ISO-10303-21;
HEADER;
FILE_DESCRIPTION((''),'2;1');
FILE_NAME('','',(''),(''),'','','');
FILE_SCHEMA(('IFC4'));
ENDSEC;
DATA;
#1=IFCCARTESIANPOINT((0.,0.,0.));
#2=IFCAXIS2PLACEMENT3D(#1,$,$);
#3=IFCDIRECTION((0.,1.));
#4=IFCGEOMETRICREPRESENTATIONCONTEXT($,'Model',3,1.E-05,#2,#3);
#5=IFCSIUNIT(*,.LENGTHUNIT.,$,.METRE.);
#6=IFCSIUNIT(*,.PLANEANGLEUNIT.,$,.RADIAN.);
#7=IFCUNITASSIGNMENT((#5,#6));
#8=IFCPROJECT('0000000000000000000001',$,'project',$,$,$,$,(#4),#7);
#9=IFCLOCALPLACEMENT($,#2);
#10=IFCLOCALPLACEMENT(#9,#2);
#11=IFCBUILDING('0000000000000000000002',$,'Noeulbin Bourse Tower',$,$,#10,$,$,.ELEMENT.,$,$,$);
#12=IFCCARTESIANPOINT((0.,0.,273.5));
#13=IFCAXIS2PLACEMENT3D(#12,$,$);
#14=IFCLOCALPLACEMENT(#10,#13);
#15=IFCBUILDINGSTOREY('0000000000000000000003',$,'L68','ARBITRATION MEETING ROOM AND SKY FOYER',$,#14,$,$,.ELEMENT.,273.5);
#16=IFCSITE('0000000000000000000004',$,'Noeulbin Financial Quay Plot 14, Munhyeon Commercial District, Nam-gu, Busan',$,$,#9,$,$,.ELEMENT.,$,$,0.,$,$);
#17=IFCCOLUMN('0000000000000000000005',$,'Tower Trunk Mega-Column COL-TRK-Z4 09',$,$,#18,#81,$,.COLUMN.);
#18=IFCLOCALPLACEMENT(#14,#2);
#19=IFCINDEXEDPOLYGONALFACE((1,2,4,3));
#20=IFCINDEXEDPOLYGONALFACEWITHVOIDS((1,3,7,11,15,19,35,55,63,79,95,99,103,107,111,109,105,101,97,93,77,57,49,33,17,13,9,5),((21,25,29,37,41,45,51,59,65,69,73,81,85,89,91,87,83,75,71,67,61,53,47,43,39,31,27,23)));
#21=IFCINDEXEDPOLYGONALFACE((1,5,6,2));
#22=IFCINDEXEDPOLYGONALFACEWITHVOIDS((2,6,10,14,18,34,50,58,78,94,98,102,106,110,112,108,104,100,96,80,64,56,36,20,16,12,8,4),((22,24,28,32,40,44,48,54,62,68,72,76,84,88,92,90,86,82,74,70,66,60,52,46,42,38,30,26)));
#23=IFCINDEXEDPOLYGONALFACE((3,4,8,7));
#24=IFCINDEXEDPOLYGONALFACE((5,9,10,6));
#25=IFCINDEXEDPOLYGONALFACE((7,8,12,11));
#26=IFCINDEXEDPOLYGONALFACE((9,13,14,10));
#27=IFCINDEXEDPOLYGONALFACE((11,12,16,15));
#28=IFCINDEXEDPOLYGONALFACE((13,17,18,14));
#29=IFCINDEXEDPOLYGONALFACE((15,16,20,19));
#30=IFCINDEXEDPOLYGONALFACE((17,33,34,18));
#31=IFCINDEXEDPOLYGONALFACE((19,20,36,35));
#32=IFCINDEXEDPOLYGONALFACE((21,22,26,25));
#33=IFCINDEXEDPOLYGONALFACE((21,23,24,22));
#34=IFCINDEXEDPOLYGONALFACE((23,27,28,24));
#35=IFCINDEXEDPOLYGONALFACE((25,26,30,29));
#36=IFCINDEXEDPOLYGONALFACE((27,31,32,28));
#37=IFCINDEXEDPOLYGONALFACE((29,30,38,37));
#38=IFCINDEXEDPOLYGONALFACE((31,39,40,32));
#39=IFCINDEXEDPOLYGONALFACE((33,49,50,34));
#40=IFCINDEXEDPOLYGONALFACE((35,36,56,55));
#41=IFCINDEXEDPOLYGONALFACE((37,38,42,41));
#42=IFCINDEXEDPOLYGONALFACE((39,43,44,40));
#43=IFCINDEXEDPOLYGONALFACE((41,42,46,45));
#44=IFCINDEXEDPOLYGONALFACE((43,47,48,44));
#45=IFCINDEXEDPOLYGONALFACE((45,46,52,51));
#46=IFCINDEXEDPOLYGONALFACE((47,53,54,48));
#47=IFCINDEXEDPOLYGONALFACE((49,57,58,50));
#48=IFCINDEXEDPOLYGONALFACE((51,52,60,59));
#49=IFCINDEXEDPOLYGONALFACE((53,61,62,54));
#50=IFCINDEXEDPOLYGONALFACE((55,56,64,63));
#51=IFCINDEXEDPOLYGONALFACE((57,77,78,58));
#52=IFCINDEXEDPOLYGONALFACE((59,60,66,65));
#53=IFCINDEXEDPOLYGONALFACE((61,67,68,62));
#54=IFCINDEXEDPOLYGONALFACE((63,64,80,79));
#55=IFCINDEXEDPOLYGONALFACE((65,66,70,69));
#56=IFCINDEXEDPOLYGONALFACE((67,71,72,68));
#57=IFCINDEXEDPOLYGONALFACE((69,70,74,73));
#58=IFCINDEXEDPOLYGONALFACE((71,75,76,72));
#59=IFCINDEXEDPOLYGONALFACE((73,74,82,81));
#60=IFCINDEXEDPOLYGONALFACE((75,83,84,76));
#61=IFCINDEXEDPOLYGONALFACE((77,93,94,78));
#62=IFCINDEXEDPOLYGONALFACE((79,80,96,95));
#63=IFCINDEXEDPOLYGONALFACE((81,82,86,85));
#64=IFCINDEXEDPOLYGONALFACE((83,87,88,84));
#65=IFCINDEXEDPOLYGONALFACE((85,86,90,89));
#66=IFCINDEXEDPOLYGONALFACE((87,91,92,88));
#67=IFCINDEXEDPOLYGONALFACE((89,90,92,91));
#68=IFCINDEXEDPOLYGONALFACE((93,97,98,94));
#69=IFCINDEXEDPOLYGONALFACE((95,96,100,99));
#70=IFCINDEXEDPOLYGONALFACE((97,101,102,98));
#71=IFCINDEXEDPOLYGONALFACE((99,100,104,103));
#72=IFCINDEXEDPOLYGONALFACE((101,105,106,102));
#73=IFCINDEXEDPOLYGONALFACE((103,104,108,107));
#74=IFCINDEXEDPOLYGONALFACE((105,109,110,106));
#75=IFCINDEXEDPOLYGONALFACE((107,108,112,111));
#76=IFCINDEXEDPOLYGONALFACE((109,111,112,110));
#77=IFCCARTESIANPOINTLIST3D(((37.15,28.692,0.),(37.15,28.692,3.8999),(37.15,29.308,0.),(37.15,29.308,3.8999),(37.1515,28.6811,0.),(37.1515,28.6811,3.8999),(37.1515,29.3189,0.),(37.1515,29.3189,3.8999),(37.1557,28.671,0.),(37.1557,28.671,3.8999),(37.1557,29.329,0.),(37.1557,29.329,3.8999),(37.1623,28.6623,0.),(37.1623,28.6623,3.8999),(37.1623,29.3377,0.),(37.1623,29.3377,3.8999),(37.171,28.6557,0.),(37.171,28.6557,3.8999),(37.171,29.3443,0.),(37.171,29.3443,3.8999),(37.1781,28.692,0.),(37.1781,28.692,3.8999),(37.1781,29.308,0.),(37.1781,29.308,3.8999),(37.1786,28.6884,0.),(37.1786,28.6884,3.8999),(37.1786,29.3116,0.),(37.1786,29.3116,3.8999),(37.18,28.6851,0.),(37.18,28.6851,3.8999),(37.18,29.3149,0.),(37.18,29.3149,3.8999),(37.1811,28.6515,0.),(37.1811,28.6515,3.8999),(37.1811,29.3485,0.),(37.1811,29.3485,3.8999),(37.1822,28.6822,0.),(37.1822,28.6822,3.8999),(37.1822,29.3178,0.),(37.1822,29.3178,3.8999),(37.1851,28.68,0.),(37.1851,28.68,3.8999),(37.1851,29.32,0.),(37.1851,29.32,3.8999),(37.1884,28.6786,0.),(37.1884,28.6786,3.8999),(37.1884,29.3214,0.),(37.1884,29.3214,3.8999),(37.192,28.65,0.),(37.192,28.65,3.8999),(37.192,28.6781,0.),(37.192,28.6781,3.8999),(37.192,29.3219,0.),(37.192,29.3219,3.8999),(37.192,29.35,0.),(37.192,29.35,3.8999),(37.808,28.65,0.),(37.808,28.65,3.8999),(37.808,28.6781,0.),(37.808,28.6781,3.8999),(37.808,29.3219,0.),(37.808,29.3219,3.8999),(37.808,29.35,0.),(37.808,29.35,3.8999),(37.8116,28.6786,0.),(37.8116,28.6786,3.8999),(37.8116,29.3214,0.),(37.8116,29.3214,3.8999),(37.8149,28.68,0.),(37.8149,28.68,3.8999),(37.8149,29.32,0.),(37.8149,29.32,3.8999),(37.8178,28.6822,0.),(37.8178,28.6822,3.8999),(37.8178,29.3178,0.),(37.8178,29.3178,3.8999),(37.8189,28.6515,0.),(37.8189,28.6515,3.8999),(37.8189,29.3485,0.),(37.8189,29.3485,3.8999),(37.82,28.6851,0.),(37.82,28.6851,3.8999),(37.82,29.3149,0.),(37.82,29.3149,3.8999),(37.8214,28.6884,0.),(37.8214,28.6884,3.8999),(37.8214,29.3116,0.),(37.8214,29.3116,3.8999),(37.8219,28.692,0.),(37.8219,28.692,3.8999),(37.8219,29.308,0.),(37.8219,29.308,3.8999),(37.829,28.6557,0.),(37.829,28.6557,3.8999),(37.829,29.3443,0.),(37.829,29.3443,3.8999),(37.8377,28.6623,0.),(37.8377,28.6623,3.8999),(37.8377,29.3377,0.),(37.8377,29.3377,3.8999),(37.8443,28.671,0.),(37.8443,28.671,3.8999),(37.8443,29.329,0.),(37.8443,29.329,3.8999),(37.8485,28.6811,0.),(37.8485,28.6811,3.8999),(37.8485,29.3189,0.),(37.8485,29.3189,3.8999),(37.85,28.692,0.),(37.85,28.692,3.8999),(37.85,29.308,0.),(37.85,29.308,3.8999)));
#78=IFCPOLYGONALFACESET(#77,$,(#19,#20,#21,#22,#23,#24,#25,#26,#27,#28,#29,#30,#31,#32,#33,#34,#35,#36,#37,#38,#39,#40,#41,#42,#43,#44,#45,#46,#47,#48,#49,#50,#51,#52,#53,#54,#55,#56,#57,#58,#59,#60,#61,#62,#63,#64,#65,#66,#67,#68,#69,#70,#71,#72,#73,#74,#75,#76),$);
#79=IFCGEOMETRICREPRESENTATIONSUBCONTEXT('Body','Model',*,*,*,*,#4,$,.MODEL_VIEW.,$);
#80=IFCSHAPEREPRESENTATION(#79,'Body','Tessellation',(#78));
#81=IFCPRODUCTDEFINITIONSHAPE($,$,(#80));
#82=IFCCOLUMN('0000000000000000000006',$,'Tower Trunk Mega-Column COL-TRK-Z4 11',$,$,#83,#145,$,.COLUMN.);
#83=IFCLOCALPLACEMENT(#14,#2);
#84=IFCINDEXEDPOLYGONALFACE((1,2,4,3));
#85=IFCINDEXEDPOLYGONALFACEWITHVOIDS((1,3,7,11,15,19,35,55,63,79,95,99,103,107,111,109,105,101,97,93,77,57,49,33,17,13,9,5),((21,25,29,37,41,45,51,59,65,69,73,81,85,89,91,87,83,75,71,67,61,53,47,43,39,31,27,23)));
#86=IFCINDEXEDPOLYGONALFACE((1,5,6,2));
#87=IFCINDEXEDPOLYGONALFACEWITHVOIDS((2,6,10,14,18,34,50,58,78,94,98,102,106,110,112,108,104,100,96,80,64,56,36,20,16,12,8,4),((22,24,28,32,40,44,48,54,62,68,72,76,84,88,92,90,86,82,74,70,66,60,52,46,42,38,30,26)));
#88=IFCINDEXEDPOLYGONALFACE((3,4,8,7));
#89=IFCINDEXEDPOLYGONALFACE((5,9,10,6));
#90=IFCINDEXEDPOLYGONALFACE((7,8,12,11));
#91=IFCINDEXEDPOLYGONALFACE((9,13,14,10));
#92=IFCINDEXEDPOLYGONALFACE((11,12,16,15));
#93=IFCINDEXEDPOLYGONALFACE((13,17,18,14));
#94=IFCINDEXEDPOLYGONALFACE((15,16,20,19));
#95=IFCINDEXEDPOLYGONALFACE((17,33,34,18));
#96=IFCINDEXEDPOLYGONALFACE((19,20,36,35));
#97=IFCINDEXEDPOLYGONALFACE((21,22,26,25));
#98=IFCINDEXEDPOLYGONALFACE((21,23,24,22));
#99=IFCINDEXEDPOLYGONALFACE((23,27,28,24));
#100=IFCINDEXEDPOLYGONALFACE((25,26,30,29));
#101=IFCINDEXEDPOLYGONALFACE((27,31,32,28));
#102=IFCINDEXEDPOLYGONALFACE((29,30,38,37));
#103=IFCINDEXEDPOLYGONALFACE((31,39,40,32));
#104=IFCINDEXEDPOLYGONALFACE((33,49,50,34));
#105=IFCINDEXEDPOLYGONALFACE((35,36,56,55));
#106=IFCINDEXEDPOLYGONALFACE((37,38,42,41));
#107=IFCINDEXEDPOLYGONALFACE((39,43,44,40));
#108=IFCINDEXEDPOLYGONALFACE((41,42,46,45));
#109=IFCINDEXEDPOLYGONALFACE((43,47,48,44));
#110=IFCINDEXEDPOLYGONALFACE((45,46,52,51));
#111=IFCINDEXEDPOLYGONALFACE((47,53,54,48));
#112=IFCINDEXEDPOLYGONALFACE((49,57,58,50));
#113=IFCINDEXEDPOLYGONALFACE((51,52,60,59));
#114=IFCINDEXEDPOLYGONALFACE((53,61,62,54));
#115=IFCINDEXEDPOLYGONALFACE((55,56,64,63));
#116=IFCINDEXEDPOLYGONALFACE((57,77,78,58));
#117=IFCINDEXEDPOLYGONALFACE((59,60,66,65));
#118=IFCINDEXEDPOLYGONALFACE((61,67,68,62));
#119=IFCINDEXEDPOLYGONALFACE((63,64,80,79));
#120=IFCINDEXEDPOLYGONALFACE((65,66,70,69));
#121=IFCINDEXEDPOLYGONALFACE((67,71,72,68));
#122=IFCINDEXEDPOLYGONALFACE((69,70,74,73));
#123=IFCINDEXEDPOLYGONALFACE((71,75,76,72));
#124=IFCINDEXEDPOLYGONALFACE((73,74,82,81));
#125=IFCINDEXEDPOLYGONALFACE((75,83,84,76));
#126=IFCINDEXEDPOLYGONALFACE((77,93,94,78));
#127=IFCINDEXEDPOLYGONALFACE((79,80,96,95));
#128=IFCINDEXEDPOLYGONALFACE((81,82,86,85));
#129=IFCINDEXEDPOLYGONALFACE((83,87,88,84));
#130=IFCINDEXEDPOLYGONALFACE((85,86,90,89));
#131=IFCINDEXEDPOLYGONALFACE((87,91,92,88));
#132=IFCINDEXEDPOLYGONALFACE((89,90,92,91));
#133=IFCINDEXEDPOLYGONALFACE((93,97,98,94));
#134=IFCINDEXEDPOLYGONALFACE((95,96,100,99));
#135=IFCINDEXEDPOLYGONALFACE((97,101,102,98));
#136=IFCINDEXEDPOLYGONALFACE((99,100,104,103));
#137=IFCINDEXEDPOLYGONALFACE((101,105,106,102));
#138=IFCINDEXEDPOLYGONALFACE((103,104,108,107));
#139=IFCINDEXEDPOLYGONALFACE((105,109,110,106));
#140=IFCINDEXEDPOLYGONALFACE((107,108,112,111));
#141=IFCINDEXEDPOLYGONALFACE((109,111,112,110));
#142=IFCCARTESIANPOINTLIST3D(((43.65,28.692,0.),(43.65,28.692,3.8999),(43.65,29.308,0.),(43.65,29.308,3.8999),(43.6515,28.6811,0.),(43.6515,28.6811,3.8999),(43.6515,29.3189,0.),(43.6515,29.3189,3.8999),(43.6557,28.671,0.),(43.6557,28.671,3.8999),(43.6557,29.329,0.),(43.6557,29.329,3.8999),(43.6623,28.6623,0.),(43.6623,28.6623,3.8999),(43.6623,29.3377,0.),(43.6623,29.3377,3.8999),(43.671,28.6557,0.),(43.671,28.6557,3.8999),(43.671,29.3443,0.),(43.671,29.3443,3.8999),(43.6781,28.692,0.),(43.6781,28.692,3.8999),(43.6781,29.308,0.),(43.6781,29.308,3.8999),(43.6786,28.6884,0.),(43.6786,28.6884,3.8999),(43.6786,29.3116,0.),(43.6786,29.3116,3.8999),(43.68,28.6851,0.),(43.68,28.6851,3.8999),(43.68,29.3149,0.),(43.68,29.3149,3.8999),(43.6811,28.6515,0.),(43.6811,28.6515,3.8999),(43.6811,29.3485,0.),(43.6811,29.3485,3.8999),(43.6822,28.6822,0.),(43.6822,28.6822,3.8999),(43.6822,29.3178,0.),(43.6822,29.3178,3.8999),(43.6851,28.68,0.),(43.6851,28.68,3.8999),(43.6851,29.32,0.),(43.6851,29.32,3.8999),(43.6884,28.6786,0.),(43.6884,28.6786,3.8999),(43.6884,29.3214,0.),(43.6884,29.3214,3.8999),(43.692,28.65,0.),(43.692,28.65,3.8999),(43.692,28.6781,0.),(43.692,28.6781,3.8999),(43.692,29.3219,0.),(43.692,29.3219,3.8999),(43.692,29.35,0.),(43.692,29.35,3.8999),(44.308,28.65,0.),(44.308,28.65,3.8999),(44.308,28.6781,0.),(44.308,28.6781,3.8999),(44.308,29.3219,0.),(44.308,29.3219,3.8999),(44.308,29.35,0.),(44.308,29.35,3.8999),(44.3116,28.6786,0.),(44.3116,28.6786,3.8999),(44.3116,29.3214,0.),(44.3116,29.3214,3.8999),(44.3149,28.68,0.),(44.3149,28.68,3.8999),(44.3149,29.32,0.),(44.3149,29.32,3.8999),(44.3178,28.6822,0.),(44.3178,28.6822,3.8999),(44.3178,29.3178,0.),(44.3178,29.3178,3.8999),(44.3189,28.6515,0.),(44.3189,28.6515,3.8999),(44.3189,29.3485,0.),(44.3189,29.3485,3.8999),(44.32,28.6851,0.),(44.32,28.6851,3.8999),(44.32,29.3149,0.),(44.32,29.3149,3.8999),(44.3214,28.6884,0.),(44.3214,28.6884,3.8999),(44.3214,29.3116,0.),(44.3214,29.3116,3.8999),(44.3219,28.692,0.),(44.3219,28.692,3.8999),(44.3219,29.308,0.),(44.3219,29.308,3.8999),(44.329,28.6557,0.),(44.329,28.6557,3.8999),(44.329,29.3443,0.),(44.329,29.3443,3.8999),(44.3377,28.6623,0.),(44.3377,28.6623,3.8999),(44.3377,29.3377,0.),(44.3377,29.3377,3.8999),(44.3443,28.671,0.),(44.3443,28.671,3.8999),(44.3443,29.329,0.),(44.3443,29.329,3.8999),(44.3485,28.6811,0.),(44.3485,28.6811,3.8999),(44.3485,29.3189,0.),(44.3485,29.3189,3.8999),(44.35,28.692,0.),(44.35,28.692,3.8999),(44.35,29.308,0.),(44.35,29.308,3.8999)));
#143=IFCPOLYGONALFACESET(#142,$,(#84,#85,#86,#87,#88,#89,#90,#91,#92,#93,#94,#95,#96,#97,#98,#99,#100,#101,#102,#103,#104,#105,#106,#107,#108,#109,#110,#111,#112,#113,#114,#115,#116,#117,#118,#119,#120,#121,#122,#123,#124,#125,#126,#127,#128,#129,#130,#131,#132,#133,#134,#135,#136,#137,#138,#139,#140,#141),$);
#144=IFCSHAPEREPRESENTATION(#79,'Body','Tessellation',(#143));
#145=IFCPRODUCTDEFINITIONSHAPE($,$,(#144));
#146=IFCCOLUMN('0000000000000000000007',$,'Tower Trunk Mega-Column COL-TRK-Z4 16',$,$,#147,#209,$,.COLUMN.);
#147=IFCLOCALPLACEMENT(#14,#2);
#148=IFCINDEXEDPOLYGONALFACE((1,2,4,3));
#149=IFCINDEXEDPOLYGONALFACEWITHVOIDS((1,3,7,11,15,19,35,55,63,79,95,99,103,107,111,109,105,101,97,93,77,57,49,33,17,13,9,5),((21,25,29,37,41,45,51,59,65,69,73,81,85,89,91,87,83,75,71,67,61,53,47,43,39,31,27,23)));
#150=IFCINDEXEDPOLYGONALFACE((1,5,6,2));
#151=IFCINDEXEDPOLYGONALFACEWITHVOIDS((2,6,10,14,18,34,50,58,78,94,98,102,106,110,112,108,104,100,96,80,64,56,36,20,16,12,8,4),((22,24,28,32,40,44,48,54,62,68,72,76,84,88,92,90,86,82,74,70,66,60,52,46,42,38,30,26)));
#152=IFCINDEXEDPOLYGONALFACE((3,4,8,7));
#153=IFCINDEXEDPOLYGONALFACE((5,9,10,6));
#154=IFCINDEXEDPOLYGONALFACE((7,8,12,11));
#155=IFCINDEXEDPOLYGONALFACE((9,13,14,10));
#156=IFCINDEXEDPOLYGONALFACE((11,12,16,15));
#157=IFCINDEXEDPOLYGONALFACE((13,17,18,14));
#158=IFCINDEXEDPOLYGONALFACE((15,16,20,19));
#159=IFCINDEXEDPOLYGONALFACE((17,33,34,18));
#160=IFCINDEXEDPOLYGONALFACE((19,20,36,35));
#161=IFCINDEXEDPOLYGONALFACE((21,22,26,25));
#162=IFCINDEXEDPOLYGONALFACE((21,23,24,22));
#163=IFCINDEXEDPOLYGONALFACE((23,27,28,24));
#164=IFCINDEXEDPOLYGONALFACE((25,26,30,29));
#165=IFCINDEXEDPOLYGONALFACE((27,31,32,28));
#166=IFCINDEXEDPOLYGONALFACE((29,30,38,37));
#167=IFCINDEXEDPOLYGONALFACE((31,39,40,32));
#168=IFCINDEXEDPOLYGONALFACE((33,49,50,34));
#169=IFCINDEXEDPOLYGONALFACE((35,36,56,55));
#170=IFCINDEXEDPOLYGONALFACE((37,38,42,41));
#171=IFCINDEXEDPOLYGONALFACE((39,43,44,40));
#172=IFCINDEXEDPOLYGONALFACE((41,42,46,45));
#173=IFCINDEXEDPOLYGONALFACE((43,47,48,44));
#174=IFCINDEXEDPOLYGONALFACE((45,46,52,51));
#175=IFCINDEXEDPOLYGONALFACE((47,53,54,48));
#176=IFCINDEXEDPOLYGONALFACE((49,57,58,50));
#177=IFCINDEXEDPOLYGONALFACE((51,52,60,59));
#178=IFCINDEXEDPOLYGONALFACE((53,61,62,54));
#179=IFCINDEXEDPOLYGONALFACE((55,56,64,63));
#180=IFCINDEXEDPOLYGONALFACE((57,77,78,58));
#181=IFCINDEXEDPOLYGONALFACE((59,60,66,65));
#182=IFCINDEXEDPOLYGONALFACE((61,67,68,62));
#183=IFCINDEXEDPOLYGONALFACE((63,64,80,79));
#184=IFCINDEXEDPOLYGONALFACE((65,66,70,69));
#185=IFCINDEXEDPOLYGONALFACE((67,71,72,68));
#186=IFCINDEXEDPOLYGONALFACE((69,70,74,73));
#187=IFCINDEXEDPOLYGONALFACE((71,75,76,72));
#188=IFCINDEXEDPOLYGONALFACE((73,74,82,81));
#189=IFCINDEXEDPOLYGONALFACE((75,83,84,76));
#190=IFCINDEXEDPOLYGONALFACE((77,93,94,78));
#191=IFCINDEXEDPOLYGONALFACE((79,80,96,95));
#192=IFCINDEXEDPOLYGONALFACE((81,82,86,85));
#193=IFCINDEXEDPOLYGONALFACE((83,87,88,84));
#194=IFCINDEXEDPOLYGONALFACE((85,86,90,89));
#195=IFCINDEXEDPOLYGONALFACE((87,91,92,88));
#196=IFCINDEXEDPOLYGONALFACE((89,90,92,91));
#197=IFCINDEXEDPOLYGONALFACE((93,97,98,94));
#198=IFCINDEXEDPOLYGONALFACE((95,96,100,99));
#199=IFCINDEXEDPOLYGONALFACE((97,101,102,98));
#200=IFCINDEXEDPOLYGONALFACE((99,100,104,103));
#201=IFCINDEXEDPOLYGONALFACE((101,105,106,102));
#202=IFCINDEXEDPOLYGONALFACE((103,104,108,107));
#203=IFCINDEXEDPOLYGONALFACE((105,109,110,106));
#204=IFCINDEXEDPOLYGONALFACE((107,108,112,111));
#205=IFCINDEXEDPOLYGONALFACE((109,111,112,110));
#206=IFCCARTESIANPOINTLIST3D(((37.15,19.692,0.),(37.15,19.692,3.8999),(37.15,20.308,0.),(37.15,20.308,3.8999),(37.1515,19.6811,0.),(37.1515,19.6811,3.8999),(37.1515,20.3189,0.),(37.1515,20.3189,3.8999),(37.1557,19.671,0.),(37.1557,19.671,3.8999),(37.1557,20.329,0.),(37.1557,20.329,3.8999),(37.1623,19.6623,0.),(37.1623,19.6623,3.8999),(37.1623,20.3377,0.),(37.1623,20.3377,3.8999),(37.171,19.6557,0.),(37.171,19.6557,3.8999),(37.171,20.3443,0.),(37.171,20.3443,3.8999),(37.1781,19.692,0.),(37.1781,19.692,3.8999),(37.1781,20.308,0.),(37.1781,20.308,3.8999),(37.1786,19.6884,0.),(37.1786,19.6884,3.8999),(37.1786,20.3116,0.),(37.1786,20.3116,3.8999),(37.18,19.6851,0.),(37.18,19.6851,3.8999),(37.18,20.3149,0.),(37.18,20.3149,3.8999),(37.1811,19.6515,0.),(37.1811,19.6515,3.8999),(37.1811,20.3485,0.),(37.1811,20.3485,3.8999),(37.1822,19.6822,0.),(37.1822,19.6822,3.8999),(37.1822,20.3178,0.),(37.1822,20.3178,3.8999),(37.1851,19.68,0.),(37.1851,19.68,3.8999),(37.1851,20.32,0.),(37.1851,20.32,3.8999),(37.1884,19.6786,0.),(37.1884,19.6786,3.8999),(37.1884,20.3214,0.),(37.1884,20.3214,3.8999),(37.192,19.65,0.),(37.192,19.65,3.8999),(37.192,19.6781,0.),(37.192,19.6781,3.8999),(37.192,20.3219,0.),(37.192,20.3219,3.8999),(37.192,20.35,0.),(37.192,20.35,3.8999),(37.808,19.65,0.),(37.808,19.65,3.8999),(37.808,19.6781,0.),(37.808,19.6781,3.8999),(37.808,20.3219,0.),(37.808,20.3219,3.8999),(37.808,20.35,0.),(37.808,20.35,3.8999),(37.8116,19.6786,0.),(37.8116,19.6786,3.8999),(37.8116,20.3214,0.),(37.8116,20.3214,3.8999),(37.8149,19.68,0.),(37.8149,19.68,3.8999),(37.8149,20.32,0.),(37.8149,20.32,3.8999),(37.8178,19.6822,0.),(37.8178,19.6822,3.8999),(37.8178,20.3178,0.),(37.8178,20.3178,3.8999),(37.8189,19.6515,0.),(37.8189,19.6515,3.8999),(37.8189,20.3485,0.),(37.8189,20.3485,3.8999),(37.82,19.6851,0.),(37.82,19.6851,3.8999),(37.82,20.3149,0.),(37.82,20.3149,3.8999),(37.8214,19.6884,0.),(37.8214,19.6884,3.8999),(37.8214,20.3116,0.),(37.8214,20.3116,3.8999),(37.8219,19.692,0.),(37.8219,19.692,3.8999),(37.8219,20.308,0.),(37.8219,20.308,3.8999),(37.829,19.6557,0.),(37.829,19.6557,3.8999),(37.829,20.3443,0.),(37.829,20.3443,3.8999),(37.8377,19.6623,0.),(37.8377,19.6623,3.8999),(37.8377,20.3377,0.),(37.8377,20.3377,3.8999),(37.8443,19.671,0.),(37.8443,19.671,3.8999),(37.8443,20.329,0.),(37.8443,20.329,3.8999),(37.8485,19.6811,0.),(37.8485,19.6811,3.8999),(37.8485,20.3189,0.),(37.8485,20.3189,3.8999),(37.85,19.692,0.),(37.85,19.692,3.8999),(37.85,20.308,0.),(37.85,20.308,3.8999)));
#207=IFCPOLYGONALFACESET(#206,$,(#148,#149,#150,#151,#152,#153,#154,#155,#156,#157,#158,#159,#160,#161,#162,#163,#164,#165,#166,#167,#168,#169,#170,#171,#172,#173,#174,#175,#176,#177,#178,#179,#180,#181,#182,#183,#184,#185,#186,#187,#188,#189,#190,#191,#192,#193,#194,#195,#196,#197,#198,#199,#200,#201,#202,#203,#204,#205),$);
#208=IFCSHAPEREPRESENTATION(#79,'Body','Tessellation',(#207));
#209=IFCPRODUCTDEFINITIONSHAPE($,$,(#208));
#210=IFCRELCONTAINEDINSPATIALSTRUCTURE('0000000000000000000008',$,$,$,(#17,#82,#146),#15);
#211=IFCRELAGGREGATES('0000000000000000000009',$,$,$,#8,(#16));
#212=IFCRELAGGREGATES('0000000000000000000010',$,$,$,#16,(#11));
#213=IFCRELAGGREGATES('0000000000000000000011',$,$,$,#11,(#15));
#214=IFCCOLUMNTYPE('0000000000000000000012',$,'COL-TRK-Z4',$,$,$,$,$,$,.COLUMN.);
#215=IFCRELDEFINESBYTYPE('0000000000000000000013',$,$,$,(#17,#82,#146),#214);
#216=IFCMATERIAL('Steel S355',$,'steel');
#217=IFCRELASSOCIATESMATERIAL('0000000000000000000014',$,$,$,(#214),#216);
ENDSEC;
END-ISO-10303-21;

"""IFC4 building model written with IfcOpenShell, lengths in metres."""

from ifc_helpers import new_model, si_unit, direction, frame, origin, origin_2d, place, context, subcontext, project, spatial, hollow_rectangle, extrude, material, material_profile, profile_set, type_object, element, save


model = new_model("IFC4")

# Units and contexts
model_context = context("Model", 3, precision=1e-05, world=origin(), true_north=direction((0.0, 1.0)))
body_context = subcontext(model_context, "Body", "Model", "MODEL_VIEW")
ifc_project = project(units=[si_unit("LENGTHUNIT", "METRE"), si_unit("PLANEANGLEUNIT", "RADIAN")], contexts=[model_context])

# Site, building, storey
site_placement = place(None, origin())
site = spatial("IfcSite", under=ifc_project, at=site_placement, Name="Noeulbin Financial Quay Plot 14, Munhyeon Commercial District, Nam-gu, Busan", CompositionType="ELEMENT", RefElevation=0.0)
building_placement = place(site_placement, origin())
building = spatial("IfcBuilding", under=site, at=building_placement, Name="Noeulbin Bourse Tower", CompositionType="ELEMENT")
storey_placement = place(building_placement, frame((0.0, 0.0, 273.5)))
storey = spatial("IfcBuildingStorey", under=building, at=storey_placement, Name="L68", Description="ARBITRATION MEETING ROOM AND SKY FOYER", CompositionType="ELEMENT", Elevation=273.5)

# Columns
ifc_material_1 = material(Name="Steel S355", Category="steel")
ifc_material_profile_1 = material_profile(ifc_material_1, hollow_rectangle(XDim=0.7, YDim=0.7, WallThickness=0.0281, InnerFilletRadius=0.0139, OuterFilletRadius=0.042, at=origin_2d()), Name="BOX-700x700x28", Category="LoadBearing")
ifc_profile_set_1 = profile_set([ifc_material_profile_1], Name="Steel S355")
column_type = type_object("IfcColumnType", Name="COL-TRK-Z4", PredefinedType="COLUMN", material=ifc_profile_set_1)
for number, where, z_axis, x_axis, name in (
    (1, (37.5, 29.0, 0.0), (0.0, 0.0, 1.0), (1.0, 0.0, 0.0), "Tower Trunk Mega-Column COL-TRK-Z4 09"),
    (2, (44.0, 29.0, 0.0), (0.0, 0.0, 1.0), (1.0, 0.0, 0.0), "Tower Trunk Mega-Column COL-TRK-Z4 11"),
    (3, (37.5, 20.0, 0.0), (0.0, 0.0, 1.0), (1.0, 0.0, 0.0), "Tower Trunk Mega-Column COL-TRK-Z4 16"),
):
    element("IfcColumn", number, at=place(storey_placement, frame(where, z_axis=z_axis, x_axis=x_axis)), inside=storey, type_object=column_type, Name=name, PredefinedType="COLUMN", context=body_context, shape_type="SweptSolid", body=[
        extrude(hollow_rectangle(XDim=0.7, YDim=0.7, WallThickness=0.0281, InnerFilletRadius=0.0139, OuterFilletRadius=0.042, at=origin_2d()), origin(), (0.0, 0.0, 1.0), 3.8999),
    ])

save(model, "model.ifc")
